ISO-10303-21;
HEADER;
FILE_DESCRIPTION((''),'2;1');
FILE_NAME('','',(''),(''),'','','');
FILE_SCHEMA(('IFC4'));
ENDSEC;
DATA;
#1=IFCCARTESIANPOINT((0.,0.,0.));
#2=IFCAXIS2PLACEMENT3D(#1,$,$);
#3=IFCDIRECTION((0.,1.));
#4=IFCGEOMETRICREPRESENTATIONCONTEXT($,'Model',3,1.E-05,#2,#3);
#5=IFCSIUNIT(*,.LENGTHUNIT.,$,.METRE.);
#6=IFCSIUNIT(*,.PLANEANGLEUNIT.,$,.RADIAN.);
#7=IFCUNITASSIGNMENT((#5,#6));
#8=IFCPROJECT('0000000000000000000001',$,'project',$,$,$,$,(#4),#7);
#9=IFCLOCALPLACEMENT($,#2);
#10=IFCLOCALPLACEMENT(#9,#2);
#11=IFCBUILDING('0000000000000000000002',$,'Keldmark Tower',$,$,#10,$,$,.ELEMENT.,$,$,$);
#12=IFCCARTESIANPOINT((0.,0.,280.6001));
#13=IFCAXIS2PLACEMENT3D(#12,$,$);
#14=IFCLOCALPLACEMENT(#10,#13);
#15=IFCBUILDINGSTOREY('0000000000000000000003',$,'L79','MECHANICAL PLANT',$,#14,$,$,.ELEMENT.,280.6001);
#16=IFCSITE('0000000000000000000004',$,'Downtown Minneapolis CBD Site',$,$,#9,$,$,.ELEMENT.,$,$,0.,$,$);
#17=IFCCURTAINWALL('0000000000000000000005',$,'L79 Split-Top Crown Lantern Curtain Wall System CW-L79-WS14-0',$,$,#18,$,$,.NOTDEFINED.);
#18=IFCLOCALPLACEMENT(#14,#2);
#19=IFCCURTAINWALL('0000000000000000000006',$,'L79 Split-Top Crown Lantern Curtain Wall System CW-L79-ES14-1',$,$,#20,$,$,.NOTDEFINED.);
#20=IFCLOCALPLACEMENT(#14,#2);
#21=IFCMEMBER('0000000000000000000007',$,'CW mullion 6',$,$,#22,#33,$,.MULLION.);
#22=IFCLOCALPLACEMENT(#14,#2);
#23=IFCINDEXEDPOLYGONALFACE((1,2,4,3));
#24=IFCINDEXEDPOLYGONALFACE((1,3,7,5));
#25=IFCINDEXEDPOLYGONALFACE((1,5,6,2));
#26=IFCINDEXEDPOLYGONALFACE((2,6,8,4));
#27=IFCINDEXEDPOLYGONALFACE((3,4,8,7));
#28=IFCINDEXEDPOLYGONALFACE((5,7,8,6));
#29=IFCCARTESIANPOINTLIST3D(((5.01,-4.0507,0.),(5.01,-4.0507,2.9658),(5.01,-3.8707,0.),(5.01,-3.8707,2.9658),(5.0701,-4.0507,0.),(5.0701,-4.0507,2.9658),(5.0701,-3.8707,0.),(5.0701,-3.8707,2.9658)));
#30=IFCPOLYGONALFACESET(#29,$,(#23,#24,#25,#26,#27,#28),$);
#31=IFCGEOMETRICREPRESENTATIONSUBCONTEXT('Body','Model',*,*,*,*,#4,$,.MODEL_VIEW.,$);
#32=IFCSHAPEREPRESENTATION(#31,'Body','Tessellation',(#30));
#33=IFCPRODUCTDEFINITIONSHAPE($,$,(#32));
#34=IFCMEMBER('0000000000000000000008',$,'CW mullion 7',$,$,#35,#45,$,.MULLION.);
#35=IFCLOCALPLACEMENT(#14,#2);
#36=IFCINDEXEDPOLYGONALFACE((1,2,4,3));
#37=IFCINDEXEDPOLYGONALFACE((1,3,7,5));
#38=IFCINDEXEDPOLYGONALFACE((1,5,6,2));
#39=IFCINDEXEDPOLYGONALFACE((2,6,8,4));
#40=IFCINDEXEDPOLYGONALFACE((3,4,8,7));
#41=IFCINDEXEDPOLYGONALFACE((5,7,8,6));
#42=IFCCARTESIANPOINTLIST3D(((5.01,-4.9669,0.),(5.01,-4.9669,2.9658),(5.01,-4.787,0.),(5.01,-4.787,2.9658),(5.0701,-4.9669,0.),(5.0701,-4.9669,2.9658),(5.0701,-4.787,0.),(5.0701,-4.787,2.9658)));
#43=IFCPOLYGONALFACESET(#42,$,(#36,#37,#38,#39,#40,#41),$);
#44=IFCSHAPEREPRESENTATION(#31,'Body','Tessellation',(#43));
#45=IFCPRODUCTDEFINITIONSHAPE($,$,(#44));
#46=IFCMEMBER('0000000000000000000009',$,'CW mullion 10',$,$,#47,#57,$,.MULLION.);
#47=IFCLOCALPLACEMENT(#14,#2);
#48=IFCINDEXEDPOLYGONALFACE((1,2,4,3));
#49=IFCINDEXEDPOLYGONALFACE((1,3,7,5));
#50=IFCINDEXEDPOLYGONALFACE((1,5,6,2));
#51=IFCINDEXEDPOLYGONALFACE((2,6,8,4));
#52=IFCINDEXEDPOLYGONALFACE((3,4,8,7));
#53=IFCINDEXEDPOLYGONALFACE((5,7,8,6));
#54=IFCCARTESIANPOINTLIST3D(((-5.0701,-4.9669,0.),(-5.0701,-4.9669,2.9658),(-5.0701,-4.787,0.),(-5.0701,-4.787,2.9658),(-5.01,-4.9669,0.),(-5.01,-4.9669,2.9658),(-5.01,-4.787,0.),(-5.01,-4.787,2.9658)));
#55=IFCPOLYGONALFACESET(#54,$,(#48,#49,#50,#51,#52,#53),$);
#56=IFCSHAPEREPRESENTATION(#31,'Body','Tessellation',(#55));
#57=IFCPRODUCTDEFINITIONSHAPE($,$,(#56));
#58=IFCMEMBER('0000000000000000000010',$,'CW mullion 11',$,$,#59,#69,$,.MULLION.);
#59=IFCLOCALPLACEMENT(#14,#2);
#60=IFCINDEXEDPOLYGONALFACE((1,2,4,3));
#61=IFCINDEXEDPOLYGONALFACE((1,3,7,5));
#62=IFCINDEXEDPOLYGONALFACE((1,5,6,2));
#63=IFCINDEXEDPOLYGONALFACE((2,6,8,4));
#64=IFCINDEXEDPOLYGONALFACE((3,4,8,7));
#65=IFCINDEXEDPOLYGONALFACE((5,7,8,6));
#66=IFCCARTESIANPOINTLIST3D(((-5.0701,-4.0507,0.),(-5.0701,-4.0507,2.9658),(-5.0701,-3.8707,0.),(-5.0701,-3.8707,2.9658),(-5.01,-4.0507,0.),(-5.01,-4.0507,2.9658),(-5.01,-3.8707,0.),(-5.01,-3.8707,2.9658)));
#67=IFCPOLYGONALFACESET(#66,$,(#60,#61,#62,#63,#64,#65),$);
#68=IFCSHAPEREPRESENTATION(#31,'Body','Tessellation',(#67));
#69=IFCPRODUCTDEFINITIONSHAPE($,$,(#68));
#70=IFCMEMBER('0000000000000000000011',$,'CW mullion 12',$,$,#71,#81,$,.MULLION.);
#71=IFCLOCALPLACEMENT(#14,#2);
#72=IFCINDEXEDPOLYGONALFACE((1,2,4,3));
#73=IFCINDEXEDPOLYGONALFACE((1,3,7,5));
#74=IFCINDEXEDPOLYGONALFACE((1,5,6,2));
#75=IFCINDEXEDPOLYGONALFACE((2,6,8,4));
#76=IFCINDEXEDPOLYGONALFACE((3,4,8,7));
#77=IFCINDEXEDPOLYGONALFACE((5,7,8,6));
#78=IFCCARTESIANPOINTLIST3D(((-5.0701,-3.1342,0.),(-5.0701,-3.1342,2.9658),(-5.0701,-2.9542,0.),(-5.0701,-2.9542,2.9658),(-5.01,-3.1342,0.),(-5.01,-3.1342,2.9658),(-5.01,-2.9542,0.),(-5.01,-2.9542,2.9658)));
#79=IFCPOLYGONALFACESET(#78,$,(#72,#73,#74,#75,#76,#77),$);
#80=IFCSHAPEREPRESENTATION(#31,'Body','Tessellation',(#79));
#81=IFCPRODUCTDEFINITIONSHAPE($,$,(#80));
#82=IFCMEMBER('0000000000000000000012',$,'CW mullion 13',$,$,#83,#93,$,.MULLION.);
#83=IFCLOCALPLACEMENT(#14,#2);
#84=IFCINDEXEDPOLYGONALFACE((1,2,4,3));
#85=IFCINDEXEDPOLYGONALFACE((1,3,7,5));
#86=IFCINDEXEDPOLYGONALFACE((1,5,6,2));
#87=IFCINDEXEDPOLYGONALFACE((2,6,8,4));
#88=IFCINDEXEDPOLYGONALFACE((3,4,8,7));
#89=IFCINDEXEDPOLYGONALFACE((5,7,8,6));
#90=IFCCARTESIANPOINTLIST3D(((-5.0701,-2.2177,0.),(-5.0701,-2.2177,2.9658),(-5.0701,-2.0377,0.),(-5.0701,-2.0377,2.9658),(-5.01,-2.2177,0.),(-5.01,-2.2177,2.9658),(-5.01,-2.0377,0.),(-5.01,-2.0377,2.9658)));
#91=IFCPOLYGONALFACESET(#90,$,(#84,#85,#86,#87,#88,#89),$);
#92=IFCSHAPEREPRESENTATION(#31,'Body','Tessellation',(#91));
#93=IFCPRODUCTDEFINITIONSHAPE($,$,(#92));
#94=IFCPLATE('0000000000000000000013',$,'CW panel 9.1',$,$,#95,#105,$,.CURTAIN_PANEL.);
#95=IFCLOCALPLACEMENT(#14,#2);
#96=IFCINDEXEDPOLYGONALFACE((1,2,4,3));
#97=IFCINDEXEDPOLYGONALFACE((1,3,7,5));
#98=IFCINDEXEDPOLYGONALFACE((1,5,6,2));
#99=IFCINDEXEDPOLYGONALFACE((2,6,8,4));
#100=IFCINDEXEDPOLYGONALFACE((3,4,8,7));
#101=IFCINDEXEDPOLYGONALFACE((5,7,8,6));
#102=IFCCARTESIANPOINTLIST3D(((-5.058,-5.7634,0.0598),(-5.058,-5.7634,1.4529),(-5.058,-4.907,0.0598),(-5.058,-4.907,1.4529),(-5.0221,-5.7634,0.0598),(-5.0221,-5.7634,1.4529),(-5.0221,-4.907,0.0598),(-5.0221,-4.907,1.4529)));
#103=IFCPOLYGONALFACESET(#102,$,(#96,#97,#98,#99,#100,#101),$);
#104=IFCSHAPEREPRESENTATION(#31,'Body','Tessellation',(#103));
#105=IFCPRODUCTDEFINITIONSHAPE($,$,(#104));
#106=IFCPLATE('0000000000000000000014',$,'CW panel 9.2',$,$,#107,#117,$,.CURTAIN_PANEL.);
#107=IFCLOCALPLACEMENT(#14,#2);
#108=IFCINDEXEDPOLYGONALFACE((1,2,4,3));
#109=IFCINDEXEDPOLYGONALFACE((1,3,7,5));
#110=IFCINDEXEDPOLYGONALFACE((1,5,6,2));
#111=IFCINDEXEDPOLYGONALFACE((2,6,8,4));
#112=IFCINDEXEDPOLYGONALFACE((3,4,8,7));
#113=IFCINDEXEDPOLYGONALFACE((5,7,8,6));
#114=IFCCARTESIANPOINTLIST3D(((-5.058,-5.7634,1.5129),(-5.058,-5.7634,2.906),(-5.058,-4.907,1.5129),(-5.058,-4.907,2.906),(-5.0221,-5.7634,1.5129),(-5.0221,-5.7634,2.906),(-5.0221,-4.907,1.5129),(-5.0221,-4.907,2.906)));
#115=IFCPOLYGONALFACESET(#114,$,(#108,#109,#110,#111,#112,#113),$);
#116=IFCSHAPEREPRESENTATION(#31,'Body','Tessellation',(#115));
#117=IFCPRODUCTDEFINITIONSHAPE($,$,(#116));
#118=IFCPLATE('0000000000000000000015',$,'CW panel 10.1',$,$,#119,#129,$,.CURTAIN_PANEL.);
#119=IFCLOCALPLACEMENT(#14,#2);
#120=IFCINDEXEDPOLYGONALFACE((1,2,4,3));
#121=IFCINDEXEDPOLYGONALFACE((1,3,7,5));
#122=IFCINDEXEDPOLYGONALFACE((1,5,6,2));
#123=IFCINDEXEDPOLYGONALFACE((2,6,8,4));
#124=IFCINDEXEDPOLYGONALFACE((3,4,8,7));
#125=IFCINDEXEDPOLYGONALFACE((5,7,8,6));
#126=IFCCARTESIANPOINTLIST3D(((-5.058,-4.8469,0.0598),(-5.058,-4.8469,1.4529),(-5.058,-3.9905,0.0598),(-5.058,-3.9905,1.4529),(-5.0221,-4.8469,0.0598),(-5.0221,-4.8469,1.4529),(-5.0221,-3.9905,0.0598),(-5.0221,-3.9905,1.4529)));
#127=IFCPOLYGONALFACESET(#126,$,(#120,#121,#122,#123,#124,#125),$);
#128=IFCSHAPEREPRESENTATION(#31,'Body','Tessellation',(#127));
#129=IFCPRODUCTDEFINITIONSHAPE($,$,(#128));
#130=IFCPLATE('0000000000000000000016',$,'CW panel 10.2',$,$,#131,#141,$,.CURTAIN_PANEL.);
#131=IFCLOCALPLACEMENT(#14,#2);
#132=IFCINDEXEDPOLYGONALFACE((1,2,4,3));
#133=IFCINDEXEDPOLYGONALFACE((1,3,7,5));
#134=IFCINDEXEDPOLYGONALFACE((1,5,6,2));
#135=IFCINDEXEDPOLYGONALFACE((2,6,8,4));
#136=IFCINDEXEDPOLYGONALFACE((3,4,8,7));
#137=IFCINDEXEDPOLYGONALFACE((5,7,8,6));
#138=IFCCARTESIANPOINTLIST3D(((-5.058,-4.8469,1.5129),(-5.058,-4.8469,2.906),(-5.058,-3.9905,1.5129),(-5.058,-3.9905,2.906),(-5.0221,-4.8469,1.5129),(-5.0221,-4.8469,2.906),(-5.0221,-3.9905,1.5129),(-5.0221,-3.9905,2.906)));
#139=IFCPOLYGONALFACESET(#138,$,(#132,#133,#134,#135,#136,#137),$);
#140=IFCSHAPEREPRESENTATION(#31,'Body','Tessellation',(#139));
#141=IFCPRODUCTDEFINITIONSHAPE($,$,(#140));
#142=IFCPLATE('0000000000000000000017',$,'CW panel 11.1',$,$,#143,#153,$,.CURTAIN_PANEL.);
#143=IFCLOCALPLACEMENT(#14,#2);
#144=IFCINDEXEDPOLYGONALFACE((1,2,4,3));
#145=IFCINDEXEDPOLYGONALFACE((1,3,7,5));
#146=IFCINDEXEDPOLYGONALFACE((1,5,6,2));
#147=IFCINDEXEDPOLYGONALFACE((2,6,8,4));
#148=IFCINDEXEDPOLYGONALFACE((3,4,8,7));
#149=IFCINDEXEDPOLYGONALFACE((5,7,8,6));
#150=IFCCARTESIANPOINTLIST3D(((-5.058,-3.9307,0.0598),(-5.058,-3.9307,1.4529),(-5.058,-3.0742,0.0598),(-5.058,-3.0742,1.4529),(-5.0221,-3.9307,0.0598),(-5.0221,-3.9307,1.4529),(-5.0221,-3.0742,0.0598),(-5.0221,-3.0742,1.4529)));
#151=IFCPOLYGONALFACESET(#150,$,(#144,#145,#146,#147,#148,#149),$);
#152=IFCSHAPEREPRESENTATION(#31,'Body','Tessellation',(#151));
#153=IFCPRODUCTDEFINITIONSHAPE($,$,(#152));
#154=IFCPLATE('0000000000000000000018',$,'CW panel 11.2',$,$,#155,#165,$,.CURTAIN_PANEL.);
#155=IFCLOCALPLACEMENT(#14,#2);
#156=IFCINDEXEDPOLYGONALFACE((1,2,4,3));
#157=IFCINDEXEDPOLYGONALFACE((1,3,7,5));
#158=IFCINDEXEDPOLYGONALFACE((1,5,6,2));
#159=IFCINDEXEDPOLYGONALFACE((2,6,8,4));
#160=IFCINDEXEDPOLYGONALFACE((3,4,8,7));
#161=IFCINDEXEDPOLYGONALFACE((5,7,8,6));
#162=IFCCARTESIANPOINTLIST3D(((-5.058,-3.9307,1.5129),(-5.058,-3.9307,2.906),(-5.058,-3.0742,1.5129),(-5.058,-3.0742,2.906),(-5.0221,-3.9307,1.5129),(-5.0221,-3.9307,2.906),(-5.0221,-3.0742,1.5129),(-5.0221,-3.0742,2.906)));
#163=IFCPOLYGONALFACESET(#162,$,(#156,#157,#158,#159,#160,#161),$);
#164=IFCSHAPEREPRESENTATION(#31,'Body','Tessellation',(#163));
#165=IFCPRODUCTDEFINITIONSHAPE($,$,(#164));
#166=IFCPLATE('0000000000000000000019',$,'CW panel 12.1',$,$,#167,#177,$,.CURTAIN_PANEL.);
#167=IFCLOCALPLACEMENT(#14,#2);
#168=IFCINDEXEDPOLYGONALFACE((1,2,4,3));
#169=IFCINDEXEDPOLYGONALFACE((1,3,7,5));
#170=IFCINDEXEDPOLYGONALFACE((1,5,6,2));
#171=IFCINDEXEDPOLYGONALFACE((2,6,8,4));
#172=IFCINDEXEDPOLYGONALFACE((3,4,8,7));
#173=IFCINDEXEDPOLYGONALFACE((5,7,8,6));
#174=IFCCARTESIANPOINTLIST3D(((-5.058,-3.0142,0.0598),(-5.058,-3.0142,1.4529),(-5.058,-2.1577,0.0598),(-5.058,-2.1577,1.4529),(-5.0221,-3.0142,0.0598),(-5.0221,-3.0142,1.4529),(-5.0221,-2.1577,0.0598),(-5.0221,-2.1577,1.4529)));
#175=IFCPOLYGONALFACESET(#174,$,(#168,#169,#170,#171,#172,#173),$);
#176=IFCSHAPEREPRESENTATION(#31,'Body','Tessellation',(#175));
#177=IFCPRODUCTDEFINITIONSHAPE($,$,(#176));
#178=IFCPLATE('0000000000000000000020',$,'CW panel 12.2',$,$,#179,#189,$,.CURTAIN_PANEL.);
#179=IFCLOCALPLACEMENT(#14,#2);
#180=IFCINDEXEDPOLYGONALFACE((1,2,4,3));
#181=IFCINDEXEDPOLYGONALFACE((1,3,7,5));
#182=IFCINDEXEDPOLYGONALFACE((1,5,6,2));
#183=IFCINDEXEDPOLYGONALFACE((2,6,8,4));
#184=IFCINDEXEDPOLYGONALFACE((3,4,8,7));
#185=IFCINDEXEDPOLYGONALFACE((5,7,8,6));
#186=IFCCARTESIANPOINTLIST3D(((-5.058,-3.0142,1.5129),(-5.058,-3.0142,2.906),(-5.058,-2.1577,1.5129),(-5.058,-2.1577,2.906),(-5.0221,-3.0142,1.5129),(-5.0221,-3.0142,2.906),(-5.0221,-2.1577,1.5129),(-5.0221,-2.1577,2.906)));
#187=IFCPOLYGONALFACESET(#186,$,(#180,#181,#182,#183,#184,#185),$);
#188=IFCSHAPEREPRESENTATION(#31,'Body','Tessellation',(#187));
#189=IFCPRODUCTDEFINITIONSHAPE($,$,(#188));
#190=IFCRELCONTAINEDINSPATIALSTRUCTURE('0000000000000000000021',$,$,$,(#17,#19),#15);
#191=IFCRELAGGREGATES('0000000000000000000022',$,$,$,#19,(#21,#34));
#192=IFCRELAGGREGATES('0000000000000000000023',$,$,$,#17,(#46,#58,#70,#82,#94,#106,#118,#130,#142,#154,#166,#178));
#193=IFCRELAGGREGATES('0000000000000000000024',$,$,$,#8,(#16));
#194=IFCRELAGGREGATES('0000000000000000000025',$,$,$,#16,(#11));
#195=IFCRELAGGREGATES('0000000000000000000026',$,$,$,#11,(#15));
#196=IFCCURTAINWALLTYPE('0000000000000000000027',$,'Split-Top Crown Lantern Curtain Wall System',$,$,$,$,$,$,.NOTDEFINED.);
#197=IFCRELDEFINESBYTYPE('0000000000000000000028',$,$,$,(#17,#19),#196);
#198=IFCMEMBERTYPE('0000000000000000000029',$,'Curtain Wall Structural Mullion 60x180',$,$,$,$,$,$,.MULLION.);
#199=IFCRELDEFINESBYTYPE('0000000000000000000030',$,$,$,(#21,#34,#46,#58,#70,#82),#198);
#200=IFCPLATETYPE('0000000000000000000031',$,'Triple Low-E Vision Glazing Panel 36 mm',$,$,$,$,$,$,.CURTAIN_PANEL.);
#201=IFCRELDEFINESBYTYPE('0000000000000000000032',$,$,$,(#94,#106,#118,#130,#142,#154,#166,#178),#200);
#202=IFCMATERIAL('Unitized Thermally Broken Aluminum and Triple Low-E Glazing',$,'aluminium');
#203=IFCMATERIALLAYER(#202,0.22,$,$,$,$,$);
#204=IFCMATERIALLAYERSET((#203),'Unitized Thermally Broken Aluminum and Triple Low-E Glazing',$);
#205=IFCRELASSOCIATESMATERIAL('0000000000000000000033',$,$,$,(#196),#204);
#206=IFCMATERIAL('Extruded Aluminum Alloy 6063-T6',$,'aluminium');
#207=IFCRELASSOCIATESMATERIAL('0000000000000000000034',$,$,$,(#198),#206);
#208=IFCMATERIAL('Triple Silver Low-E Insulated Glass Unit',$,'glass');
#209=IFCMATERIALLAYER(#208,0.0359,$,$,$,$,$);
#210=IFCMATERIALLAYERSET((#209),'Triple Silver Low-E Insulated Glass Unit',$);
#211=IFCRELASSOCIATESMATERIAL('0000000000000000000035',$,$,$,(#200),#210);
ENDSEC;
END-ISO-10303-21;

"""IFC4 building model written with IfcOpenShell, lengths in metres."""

from ifc_helpers import new_model, si_unit, direction, frame, origin, origin_2d, place, context, subcontext, project, spatial, rectangle, extrude, material, layer, layer_set, material_profile, profile_set, type_object, element, aggregate, save


model = new_model("IFC4")

# Units and contexts
model_context = context("Model", 3, precision=1e-05, world=origin(), true_north=direction((0.0, 1.0)))
body_context = subcontext(model_context, "Body", "Model", "MODEL_VIEW")
ifc_project = project(units=[si_unit("LENGTHUNIT", "METRE"), si_unit("PLANEANGLEUNIT", "RADIAN")], contexts=[model_context])

# Site, building, storey
site_placement = place(None, origin())
site = spatial("IfcSite", under=ifc_project, at=site_placement, Name="Downtown Minneapolis CBD Site", CompositionType="ELEMENT", RefElevation=0.0)
building_placement = place(site_placement, origin())
building = spatial("IfcBuilding", under=site, at=building_placement, Name="Keldmark Tower", CompositionType="ELEMENT")
storey_placement = place(building_placement, frame((0.0, 0.0, 280.6001)))
storey = spatial("IfcBuildingStorey", under=building, at=storey_placement, Name="L79", Description="MECHANICAL PLANT", CompositionType="ELEMENT", Elevation=280.6001)

# Curtain walls, members
ifc_material_1 = material(Name="Unitized Thermally Broken Aluminum and Triple Low-E Glazing", Category="aluminium")
ifc_layer_1 = layer(ifc_material_1, 0.22)
ifc_layer_set_1 = layer_set([ifc_layer_1], Name="Unitized Thermally Broken Aluminum and Triple Low-E Glazing")
curtain_wall_type = type_object("IfcCurtainWallType", Name="Split-Top Crown Lantern Curtain Wall System", PredefinedType="NOTDEFINED", material=ifc_layer_set_1)
curtain_wall_1_placement = place(storey_placement, origin())
curtain_wall_1 = element("IfcCurtainWall", 1, at=curtain_wall_1_placement, inside=storey, type_object=curtain_wall_type, Name="L79 Split-Top Crown Lantern Curtain Wall System CW-L79-WS14-0", PredefinedType="NOTDEFINED")
curtain_wall_2_placement = place(storey_placement, origin())
curtain_wall_2 = element("IfcCurtainWall", 2, at=curtain_wall_2_placement, inside=storey, type_object=curtain_wall_type, Name="L79 Split-Top Crown Lantern Curtain Wall System CW-L79-ES14-1", PredefinedType="NOTDEFINED")
ifc_material_2 = material(Name="Extruded Aluminum Alloy 6063-T6", Category="aluminium")
ifc_material_profile_1 = material_profile(ifc_material_2, rectangle(XDim=0.0601, YDim=0.1799, at=origin_2d()), Name="CWM60X180")
ifc_profile_set_1 = profile_set([ifc_material_profile_1], Name="Extruded Aluminum Alloy 6063-T6")
member_type_1 = type_object("IfcMemberType", Name="Curtain Wall Structural Mullion 60x180", PredefinedType="MULLION", material=ifc_profile_set_1)
member_1_placement = place(storey_placement, frame((5.04, -3.9607, 0.0), z_axis=(0.0, 0.0, 1.0), x_axis=(1.0, 0.0, 0.0)))
member_1 = element("IfcMember", 3, at=member_1_placement, type_object=member_type_1, Name="CW mullion 6", PredefinedType="MULLION", context=body_context, shape_type="SweptSolid", body=[
    extrude(rectangle(XDim=0.0601, YDim=0.1799, at=origin_2d()), origin(), (0.0, 0.0, 1.0), 2.9658),
])
member_2_placement = place(storey_placement, frame((5.04, -4.877, 0.0), z_axis=(0.0, 0.0, 1.0), x_axis=(1.0, 0.0, 0.0)))
member_2 = element("IfcMember", 4, at=member_2_placement, type_object=member_type_1, Name="CW mullion 7", PredefinedType="MULLION", context=body_context, shape_type="SweptSolid", body=[
    extrude(rectangle(XDim=0.0601, YDim=0.1799, at=origin_2d()), origin(), (0.0, 0.0, 1.0), 2.9658),
])
aggregate(curtain_wall_2, [member_1, member_2])

# Members
member_3_placement = place(storey_placement, frame((-5.04, -4.877, 0.0), z_axis=(0.0, 0.0, 1.0), x_axis=(-1.0, 0.0, 0.0)))
member_3 = element("IfcMember", 5, at=member_3_placement, type_object=member_type_1, Name="CW mullion 10", PredefinedType="MULLION", context=body_context, shape_type="SweptSolid", body=[
    extrude(rectangle(XDim=0.0601, YDim=0.1799, at=origin_2d()), origin(), (0.0, 0.0, 1.0), 2.9658),
])
member_4_placement = place(storey_placement, frame((-5.04, -3.9607, 0.0), z_axis=(0.0, 0.0, 1.0), x_axis=(-1.0, 0.0, 0.0)))
member_4 = element("IfcMember", 6, at=member_4_placement, type_object=member_type_1, Name="CW mullion 11", PredefinedType="MULLION", context=body_context, shape_type="SweptSolid", body=[
    extrude(rectangle(XDim=0.0601, YDim=0.1799, at=origin_2d()), origin(), (0.0, 0.0, 1.0), 2.9658),
])
member_5_placement = place(storey_placement, frame((-5.04, -3.0442, 0.0), z_axis=(0.0, 0.0, 1.0), x_axis=(-1.0, 0.0, 0.0)))
member_5 = element("IfcMember", 7, at=member_5_placement, type_object=member_type_1, Name="CW mullion 12", PredefinedType="MULLION", context=body_context, shape_type="SweptSolid", body=[
    extrude(rectangle(XDim=0.0601, YDim=0.1799, at=origin_2d()), origin(), (0.0, 0.0, 1.0), 2.9658),
])
member_6_placement = place(storey_placement, frame((-5.04, -2.1277, 0.0), z_axis=(0.0, 0.0, 1.0), x_axis=(-1.0, 0.0, 0.0)))
member_6 = element("IfcMember", 8, at=member_6_placement, type_object=member_type_1, Name="CW mullion 13", PredefinedType="MULLION", context=body_context, shape_type="SweptSolid", body=[
    extrude(rectangle(XDim=0.0601, YDim=0.1799, at=origin_2d()), origin(), (0.0, 0.0, 1.0), 2.9658),
])

# Plates
ifc_material_3 = material(Name="Triple Silver Low-E Insulated Glass Unit", Category="glass")
ifc_layer_2 = layer(ifc_material_3, 0.0359)
ifc_layer_set_2 = layer_set([ifc_layer_2], Name="Triple Silver Low-E Insulated Glass Unit")
plate_type = type_object("IfcPlateType", Name="Triple Low-E Vision Glazing Panel 36 mm", PredefinedType="CURTAIN_PANEL", material=ifc_layer_set_2)
plate_1_placement = place(storey_placement, frame((-5.04, -5.3352, 0.0598), z_axis=(0.0, 0.0, 1.0), x_axis=(0.0, 1.0, 0.0)))
plate_1 = element("IfcPlate", 9, at=plate_1_placement, type_object=plate_type, Name="CW panel 9.1", PredefinedType="CURTAIN_PANEL", context=body_context, shape_type="SweptSolid", body=[
    extrude(rectangle(XDim=0.8564, YDim=0.0359, at=origin_2d()), origin(), (0.0, 0.0, 1.0), 1.3931),
])
plate_2_placement = place(storey_placement, frame((-5.04, -5.3352, 1.5129), z_axis=(0.0, 0.0, 1.0), x_axis=(0.0, 1.0, 0.0)))
plate_2 = element("IfcPlate", 10, at=plate_2_placement, type_object=plate_type, Name="CW panel 9.2", PredefinedType="CURTAIN_PANEL", context=body_context, shape_type="SweptSolid", body=[
    extrude(rectangle(XDim=0.8564, YDim=0.0359, at=origin_2d()), origin(), (0.0, 0.0, 1.0), 1.3931),
])
plate_3_placement = place(storey_placement, frame((-5.04, -4.4187, 0.0598), z_axis=(0.0, 0.0, 1.0), x_axis=(0.0, 1.0, 0.0)))
plate_3 = element("IfcPlate", 11, at=plate_3_placement, type_object=plate_type, Name="CW panel 10.1", PredefinedType="CURTAIN_PANEL", context=body_context, shape_type="SweptSolid", body=[
    extrude(rectangle(XDim=0.8564, YDim=0.0359, at=origin_2d()), origin(), (0.0, 0.0, 1.0), 1.3931),
])
plate_4_placement = place(storey_placement, frame((-5.04, -4.4187, 1.5129), z_axis=(0.0, 0.0, 1.0), x_axis=(0.0, 1.0, 0.0)))
plate_4 = element("IfcPlate", 12, at=plate_4_placement, type_object=plate_type, Name="CW panel 10.2", PredefinedType="CURTAIN_PANEL", context=body_context, shape_type="SweptSolid", body=[
    extrude(rectangle(XDim=0.8564, YDim=0.0359, at=origin_2d()), origin(), (0.0, 0.0, 1.0), 1.3931),
])
plate_5_placement = place(storey_placement, frame((-5.04, -3.5024, 0.0598), z_axis=(0.0, 0.0, 1.0), x_axis=(0.0, 1.0, 0.0)))
plate_5 = element("IfcPlate", 13, at=plate_5_placement, type_object=plate_type, Name="CW panel 11.1", PredefinedType="CURTAIN_PANEL", context=body_context, shape_type="SweptSolid", body=[
    extrude(rectangle(XDim=0.8564, YDim=0.0359, at=origin_2d()), origin(), (0.0, 0.0, 1.0), 1.3931),
])
plate_6_placement = place(storey_placement, frame((-5.04, -3.5024, 1.5129), z_axis=(0.0, 0.0, 1.0), x_axis=(0.0, 1.0, 0.0)))
plate_6 = element("IfcPlate", 14, at=plate_6_placement, type_object=plate_type, Name="CW panel 11.2", PredefinedType="CURTAIN_PANEL", context=body_context, shape_type="SweptSolid", body=[
    extrude(rectangle(XDim=0.8564, YDim=0.0359, at=origin_2d()), origin(), (0.0, 0.0, 1.0), 1.3931),
])
plate_7_placement = place(storey_placement, frame((-5.04, -2.5859, 0.0598), z_axis=(0.0, 0.0, 1.0), x_axis=(0.0, 1.0, 0.0)))
plate_7 = element("IfcPlate", 15, at=plate_7_placement, type_object=plate_type, Name="CW panel 12.1", PredefinedType="CURTAIN_PANEL", context=body_context, shape_type="SweptSolid", body=[
    extrude(rectangle(XDim=0.8564, YDim=0.0359, at=origin_2d()), origin(), (0.0, 0.0, 1.0), 1.3931),
])
plate_8_placement = place(storey_placement, frame((-5.04, -2.5859, 1.5129), z_axis=(0.0, 0.0, 1.0), x_axis=(0.0, 1.0, 0.0)))
plate_8 = element("IfcPlate", 16, at=plate_8_placement, type_object=plate_type, Name="CW panel 12.2", PredefinedType="CURTAIN_PANEL", context=body_context, shape_type="SweptSolid", body=[
    extrude(rectangle(XDim=0.8564, YDim=0.0359, at=origin_2d()), origin(), (0.0, 0.0, 1.0), 1.3931),
])
aggregate(curtain_wall_1, [member_3, member_4, member_5, member_6, plate_1, plate_2, plate_3, plate_4, plate_5, plate_6, plate_7, plate_8])

save(model, "model.ifc")
